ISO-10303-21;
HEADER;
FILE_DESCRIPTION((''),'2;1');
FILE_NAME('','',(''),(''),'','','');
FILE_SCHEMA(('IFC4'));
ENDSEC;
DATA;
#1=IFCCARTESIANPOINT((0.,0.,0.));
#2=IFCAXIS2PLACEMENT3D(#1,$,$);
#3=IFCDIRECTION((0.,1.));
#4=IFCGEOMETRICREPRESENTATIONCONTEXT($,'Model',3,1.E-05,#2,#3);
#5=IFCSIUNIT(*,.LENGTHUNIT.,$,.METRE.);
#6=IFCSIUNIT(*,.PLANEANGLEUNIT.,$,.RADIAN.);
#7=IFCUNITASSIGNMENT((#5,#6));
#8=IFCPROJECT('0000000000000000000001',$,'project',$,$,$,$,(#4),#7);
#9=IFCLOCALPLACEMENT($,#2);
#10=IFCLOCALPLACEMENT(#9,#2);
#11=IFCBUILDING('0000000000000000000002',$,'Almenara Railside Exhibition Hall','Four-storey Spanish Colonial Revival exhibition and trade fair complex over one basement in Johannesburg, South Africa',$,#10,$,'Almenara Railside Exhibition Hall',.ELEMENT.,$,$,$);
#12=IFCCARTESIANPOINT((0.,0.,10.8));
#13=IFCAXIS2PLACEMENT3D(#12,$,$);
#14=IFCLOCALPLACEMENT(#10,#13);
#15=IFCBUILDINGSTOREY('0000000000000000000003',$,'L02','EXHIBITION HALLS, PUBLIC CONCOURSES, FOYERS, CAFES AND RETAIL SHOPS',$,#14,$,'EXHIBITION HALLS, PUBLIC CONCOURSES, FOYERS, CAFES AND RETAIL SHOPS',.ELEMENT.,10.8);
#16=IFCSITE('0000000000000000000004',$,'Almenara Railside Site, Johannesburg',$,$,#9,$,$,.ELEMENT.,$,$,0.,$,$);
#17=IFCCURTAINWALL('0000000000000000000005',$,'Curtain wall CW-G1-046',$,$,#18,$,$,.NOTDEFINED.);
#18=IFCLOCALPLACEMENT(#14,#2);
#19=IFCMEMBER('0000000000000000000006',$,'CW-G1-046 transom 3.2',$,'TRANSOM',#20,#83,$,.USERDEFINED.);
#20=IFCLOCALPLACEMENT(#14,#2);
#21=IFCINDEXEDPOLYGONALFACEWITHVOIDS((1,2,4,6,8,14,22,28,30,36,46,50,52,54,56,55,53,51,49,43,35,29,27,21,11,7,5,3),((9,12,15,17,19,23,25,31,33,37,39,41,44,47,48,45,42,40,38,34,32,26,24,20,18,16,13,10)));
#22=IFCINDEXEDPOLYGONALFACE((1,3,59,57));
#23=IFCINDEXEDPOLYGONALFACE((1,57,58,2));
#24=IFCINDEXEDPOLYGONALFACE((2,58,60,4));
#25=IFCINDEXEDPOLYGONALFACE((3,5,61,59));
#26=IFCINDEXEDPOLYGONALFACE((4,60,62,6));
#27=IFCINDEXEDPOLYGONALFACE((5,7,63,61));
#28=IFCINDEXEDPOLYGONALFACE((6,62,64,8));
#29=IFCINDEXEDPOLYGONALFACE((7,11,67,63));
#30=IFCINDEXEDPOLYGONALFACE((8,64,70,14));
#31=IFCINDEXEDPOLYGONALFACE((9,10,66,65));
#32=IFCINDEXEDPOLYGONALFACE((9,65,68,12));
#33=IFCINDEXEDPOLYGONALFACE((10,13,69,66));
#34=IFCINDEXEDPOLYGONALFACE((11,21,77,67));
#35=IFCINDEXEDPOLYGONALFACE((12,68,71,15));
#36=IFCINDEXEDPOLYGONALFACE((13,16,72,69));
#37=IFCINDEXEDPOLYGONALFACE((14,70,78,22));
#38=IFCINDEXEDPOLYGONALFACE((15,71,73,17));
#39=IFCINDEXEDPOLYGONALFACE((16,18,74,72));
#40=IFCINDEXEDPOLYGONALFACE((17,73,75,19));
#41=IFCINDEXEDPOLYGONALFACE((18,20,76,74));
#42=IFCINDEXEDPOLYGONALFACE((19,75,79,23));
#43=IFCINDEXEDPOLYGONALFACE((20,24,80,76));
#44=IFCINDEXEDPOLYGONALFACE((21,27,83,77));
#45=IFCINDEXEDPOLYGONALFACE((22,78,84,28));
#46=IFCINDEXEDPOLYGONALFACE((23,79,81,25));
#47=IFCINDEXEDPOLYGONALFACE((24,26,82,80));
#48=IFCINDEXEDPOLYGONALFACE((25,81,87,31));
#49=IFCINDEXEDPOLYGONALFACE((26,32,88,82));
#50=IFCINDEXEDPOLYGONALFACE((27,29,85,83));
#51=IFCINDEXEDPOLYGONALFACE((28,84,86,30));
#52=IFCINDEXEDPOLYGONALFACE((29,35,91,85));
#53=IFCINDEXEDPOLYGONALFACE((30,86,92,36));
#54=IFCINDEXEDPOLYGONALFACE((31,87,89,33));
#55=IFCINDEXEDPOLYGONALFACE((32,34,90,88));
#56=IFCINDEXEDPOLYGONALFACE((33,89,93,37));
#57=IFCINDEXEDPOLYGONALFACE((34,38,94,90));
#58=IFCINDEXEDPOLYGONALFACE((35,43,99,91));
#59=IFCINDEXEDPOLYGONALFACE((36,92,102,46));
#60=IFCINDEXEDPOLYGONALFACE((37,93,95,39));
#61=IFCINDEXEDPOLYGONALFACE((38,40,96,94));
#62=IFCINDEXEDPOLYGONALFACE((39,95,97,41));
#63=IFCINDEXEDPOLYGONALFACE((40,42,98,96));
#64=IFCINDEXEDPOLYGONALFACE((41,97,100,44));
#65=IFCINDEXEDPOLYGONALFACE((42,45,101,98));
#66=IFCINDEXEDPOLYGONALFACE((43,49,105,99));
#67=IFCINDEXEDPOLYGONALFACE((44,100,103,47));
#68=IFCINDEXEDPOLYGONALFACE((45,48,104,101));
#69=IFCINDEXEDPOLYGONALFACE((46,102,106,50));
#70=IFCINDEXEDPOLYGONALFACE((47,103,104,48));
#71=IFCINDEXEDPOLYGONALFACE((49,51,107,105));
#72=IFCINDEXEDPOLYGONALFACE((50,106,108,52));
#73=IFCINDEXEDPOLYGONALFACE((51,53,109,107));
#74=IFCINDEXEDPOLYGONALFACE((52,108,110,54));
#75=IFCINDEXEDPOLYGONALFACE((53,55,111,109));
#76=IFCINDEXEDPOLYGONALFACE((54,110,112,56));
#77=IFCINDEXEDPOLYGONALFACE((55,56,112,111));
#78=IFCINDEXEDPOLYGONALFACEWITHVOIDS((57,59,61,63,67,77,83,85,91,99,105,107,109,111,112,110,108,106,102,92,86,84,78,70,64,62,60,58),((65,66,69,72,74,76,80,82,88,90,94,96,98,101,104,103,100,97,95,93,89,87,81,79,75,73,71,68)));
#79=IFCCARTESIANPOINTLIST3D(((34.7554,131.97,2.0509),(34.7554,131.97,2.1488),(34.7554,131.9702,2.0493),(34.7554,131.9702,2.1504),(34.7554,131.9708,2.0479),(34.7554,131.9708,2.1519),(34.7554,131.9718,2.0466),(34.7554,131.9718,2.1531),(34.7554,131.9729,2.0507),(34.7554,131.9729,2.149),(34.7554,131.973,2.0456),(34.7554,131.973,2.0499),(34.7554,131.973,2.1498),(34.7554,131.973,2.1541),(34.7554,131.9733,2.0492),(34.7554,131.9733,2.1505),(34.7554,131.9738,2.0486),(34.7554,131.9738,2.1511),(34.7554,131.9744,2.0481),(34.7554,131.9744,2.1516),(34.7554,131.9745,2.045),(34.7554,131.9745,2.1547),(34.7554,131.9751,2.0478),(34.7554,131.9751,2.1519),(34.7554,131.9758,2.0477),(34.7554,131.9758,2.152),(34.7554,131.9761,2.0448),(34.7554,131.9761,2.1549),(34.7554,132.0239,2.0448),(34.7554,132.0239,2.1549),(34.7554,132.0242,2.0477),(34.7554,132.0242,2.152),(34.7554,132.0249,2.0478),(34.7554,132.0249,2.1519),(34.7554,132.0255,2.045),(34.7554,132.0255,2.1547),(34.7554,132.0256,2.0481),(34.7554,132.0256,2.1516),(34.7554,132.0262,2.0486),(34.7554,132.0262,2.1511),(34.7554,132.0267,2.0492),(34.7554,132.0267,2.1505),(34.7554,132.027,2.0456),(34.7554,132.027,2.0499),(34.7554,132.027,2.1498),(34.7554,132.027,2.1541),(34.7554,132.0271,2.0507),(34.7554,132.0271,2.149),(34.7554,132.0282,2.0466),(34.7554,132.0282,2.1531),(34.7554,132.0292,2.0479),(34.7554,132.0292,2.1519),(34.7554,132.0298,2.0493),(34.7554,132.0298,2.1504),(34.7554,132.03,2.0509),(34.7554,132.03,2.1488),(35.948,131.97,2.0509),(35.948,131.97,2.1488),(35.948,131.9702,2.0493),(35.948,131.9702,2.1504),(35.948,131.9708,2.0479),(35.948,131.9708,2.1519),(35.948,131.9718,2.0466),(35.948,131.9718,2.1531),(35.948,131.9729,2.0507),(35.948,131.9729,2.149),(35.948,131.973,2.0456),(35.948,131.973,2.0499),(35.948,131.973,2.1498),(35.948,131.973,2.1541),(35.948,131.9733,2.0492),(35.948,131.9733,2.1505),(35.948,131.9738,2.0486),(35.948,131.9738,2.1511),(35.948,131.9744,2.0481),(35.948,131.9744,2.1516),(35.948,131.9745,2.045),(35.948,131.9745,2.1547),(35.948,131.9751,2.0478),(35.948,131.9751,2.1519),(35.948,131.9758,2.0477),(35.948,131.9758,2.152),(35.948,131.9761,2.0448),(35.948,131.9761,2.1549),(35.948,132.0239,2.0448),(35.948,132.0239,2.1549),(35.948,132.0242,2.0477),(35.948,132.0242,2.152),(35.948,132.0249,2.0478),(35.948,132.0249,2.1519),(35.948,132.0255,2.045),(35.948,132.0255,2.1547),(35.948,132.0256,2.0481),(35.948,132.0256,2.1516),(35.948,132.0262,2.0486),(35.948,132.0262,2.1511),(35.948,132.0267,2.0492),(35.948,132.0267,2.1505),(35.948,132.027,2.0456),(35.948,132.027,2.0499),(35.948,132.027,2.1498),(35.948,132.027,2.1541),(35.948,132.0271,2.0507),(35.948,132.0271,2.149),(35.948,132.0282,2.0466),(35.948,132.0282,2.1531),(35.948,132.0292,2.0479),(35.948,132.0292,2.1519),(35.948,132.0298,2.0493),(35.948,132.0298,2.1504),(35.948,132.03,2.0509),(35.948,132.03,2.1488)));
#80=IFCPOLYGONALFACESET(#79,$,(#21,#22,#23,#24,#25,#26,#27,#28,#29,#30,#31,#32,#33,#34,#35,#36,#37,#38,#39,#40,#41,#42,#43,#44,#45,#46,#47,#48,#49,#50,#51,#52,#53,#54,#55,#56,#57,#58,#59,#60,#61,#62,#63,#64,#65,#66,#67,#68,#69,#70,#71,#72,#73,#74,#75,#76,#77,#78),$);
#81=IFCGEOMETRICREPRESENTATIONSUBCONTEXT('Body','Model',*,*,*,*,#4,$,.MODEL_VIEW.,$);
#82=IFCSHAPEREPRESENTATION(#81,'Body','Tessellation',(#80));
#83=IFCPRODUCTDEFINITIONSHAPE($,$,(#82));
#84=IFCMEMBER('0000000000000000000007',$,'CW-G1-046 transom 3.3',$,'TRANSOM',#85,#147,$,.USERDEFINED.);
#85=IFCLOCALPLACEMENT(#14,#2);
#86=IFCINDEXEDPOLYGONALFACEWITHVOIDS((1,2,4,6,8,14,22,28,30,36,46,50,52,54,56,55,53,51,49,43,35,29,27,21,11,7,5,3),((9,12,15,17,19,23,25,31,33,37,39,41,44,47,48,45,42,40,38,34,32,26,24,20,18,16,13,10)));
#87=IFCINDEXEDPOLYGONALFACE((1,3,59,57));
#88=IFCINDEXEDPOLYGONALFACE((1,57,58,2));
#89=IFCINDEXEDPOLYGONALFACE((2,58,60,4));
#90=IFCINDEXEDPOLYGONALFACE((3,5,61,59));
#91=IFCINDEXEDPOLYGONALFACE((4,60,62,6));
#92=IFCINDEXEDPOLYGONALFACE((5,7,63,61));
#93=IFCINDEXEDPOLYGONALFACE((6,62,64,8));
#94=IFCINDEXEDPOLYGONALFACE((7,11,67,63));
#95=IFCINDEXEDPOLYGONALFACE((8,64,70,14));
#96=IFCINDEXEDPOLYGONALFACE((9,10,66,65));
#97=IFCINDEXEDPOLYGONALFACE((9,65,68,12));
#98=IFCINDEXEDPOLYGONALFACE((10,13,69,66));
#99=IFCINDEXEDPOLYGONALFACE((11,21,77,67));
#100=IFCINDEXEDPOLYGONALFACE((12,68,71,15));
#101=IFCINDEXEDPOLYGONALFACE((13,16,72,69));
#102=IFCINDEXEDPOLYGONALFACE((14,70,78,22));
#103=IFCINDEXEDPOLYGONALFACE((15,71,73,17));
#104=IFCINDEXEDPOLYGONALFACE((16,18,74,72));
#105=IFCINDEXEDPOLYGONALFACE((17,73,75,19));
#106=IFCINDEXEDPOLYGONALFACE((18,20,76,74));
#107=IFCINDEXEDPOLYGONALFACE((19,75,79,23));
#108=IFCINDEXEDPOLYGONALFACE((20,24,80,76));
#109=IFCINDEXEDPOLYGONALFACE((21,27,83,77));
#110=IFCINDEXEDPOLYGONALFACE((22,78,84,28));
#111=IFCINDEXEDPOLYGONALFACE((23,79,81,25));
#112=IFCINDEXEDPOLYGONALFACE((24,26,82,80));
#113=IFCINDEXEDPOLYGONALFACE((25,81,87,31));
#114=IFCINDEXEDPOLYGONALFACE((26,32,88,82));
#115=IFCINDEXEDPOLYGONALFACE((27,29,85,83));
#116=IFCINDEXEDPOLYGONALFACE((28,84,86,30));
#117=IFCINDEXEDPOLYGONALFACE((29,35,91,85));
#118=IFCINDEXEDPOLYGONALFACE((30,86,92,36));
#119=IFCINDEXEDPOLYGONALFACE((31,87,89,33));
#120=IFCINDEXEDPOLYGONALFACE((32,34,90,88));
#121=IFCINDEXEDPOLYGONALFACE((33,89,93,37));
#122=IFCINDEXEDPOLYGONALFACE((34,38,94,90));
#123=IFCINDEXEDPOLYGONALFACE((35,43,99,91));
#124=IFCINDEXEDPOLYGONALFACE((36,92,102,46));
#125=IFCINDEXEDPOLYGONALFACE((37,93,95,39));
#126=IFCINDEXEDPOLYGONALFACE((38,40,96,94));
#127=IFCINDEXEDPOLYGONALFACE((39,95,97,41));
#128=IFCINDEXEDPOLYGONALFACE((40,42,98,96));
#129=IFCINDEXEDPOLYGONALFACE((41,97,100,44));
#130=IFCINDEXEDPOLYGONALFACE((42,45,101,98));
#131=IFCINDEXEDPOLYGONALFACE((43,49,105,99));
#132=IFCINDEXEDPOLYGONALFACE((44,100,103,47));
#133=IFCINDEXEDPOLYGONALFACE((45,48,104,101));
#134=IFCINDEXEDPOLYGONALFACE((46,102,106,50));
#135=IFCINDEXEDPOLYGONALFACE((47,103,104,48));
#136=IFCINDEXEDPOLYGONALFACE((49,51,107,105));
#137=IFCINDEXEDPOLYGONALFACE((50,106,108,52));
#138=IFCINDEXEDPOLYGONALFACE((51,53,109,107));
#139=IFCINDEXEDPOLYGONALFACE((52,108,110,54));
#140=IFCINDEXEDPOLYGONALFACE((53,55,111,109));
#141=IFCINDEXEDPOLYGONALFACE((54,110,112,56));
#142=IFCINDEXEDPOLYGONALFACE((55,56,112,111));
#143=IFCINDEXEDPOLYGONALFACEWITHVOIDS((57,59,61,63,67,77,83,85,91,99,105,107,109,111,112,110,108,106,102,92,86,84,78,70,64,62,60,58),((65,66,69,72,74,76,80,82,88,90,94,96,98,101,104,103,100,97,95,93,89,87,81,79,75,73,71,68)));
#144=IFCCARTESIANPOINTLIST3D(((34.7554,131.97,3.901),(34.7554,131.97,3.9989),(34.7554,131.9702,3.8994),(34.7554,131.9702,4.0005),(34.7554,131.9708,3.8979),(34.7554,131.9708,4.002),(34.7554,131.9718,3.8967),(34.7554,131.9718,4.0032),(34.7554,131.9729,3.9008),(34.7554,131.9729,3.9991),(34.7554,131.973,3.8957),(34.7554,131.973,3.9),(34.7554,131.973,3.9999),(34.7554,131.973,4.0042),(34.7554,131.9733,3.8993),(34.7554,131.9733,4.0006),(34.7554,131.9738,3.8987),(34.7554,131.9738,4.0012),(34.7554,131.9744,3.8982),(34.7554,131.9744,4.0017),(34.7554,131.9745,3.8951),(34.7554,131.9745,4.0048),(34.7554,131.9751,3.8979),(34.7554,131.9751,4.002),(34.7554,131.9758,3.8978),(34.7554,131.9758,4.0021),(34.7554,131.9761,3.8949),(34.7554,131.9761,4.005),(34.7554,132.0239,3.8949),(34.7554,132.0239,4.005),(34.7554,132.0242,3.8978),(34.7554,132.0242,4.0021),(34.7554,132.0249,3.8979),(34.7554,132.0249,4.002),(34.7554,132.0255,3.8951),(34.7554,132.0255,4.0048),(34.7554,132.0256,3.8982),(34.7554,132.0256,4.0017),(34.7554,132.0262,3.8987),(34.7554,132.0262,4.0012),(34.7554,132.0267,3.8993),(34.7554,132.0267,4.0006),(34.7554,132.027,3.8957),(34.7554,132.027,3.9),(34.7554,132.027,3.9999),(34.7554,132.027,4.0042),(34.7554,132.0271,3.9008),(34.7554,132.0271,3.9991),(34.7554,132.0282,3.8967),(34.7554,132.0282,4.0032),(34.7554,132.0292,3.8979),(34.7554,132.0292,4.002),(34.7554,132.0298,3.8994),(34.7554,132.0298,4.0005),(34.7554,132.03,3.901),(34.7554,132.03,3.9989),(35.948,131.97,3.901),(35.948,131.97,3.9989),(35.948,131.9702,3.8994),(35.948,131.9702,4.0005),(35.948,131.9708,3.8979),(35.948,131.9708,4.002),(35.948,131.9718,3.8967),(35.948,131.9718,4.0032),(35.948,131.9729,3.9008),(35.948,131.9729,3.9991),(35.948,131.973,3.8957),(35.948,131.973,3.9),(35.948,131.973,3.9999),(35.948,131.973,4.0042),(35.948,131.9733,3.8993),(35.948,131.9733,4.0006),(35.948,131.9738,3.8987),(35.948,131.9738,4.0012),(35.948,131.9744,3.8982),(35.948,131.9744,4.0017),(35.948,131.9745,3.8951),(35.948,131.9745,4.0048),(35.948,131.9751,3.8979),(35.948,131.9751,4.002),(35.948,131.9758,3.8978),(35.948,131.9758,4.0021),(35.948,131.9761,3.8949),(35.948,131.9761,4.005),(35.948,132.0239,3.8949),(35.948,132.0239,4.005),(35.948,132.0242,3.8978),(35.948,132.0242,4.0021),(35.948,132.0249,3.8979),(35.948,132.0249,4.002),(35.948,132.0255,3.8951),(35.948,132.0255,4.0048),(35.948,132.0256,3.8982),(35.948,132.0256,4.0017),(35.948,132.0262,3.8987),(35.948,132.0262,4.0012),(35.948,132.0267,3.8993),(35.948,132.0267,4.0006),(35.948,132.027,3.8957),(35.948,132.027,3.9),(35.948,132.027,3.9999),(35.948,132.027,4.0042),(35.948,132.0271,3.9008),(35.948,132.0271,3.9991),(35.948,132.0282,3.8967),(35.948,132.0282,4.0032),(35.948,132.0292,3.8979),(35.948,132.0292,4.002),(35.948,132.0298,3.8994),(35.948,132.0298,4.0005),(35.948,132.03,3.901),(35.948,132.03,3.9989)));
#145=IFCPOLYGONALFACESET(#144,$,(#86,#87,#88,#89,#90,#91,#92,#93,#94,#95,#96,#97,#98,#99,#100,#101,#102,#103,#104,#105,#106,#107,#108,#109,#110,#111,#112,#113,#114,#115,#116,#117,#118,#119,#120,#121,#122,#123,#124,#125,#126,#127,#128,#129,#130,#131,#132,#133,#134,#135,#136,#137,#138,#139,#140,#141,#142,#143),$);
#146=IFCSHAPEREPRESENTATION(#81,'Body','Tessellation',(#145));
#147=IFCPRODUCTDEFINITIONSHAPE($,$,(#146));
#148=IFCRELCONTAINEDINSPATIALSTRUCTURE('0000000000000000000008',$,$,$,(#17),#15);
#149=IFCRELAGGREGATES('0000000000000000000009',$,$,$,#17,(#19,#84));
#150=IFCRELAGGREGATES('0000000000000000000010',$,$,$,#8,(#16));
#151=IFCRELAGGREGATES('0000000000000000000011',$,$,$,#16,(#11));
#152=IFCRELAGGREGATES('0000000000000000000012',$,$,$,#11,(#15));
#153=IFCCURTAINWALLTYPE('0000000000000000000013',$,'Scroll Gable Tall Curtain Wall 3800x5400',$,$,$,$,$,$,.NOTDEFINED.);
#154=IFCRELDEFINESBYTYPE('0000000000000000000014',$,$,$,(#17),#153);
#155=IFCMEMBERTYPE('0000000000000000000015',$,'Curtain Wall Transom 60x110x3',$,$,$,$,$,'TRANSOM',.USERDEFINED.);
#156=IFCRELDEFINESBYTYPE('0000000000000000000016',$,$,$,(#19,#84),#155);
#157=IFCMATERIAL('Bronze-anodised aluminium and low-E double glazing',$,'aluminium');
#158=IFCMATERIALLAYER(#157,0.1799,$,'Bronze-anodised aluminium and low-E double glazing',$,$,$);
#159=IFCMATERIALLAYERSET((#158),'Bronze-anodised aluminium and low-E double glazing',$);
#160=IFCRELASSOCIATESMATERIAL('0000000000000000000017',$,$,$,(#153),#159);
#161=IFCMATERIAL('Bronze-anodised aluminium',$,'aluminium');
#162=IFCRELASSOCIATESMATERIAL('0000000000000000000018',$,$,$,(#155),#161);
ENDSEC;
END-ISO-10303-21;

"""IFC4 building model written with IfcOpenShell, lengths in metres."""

from ifc_helpers import new_model, si_unit, direction, frame, origin, origin_2d, place, context, subcontext, project, spatial, hollow_rectangle, extrude, material, layer, layer_set, material_profile, profile_set, type_object, element, aggregate, save


model = new_model("IFC4")

# Units and contexts
model_context = context("Model", 3, precision=1e-05, world=origin(), true_north=direction((0.0, 1.0)))
body_context = subcontext(model_context, "Body", "Model", "MODEL_VIEW")
ifc_project = project(units=[si_unit("LENGTHUNIT", "METRE"), si_unit("PLANEANGLEUNIT", "RADIAN")], contexts=[model_context])

# Site, building, storey
site_placement = place(None, origin())
site = spatial("IfcSite", under=ifc_project, at=site_placement, Name="Almenara Railside Site, Johannesburg", CompositionType="ELEMENT", RefElevation=0.0)
building_placement = place(site_placement, origin())
building = spatial("IfcBuilding", under=site, at=building_placement, Name="Almenara Railside Exhibition Hall", Description="Four-storey Spanish Colonial Revival exhibition and trade fair complex over one basement in Johannesburg, South Africa", LongName="Almenara Railside Exhibition Hall", CompositionType="ELEMENT")
storey_placement = place(building_placement, frame((0.0, 0.0, 10.8)))
storey = spatial("IfcBuildingStorey", under=building, at=storey_placement, Name="L02", Description="EXHIBITION HALLS, PUBLIC CONCOURSES, FOYERS, CAFES AND RETAIL SHOPS", LongName="EXHIBITION HALLS, PUBLIC CONCOURSES, FOYERS, CAFES AND RETAIL SHOPS", CompositionType="ELEMENT", Elevation=10.8)

# Curtain wall
ifc_material_1 = material(Name="Bronze-anodised aluminium and low-E double glazing", Category="aluminium")
ifc_layer_1 = layer(ifc_material_1, 0.1799, Name="Bronze-anodised aluminium and low-E double glazing")
ifc_layer_set_1 = layer_set([ifc_layer_1], Name="Bronze-anodised aluminium and low-E double glazing")
curtain_wall_type_1 = type_object("IfcCurtainWallType", Name="Scroll Gable Tall Curtain Wall 3800x5400", PredefinedType="NOTDEFINED", material=ifc_layer_set_1)
ifc_material_2 = material(Name="Bronze-anodised aluminium", Category="aluminium")
curtain_wall_1_placement = place(storey_placement, origin())
curtain_wall_1 = element("IfcCurtainWall", 1, at=curtain_wall_1_placement, inside=storey, type_object=curtain_wall_type_1, Name="Curtain wall CW-G1-046", PredefinedType="NOTDEFINED")

# Members
ifc_material_profile_1 = material_profile(ifc_material_2, hollow_rectangle(XDim=0.0601, YDim=0.1101, WallThickness=0.0029, InnerFilletRadius=0.0029, OuterFilletRadius=0.0061, at=origin_2d()), Name="ALU-TRN 60x110x3")
ifc_profile_set_1 = profile_set([ifc_material_profile_1], Name="Bronze-anodised aluminium")
member_type_1 = type_object("IfcMemberType", Name="Curtain Wall Transom 60x110x3", ElementType="TRANSOM", PredefinedType="USERDEFINED", material=ifc_profile_set_1)
member_1_placement = place(storey_placement, frame((34.7554, 132.0, 2.0999), z_axis=(1.0, 0.0, 0.0), x_axis=(0.0, 1.0, 0.0)))
member_1 = element("IfcMember", 2, at=member_1_placement, type_object=member_type_1, Name="CW-G1-046 transom 3.2", ObjectType="TRANSOM", PredefinedType="USERDEFINED", context=body_context, shape_type="SweptSolid", body=[
    extrude(hollow_rectangle(XDim=0.0601, YDim=0.1101, WallThickness=0.0029, InnerFilletRadius=0.0029, OuterFilletRadius=0.0061, at=origin_2d()), origin(), (0.0, 0.0, 1.0), 1.1926),
])
member_2_placement = place(storey_placement, frame((34.7554, 132.0, 3.95), z_axis=(1.0, 0.0, 0.0), x_axis=(0.0, 1.0, 0.0)))
member_2 = element("IfcMember", 3, at=member_2_placement, type_object=member_type_1, Name="CW-G1-046 transom 3.3", ObjectType="TRANSOM", PredefinedType="USERDEFINED", context=body_context, shape_type="SweptSolid", body=[
    extrude(hollow_rectangle(XDim=0.0601, YDim=0.1101, WallThickness=0.0029, InnerFilletRadius=0.0029, OuterFilletRadius=0.0061, at=origin_2d()), origin(), (0.0, 0.0, 1.0), 1.1926),
])

aggregate(curtain_wall_1, [member_1, member_2])

save(model, "model.ifc")
